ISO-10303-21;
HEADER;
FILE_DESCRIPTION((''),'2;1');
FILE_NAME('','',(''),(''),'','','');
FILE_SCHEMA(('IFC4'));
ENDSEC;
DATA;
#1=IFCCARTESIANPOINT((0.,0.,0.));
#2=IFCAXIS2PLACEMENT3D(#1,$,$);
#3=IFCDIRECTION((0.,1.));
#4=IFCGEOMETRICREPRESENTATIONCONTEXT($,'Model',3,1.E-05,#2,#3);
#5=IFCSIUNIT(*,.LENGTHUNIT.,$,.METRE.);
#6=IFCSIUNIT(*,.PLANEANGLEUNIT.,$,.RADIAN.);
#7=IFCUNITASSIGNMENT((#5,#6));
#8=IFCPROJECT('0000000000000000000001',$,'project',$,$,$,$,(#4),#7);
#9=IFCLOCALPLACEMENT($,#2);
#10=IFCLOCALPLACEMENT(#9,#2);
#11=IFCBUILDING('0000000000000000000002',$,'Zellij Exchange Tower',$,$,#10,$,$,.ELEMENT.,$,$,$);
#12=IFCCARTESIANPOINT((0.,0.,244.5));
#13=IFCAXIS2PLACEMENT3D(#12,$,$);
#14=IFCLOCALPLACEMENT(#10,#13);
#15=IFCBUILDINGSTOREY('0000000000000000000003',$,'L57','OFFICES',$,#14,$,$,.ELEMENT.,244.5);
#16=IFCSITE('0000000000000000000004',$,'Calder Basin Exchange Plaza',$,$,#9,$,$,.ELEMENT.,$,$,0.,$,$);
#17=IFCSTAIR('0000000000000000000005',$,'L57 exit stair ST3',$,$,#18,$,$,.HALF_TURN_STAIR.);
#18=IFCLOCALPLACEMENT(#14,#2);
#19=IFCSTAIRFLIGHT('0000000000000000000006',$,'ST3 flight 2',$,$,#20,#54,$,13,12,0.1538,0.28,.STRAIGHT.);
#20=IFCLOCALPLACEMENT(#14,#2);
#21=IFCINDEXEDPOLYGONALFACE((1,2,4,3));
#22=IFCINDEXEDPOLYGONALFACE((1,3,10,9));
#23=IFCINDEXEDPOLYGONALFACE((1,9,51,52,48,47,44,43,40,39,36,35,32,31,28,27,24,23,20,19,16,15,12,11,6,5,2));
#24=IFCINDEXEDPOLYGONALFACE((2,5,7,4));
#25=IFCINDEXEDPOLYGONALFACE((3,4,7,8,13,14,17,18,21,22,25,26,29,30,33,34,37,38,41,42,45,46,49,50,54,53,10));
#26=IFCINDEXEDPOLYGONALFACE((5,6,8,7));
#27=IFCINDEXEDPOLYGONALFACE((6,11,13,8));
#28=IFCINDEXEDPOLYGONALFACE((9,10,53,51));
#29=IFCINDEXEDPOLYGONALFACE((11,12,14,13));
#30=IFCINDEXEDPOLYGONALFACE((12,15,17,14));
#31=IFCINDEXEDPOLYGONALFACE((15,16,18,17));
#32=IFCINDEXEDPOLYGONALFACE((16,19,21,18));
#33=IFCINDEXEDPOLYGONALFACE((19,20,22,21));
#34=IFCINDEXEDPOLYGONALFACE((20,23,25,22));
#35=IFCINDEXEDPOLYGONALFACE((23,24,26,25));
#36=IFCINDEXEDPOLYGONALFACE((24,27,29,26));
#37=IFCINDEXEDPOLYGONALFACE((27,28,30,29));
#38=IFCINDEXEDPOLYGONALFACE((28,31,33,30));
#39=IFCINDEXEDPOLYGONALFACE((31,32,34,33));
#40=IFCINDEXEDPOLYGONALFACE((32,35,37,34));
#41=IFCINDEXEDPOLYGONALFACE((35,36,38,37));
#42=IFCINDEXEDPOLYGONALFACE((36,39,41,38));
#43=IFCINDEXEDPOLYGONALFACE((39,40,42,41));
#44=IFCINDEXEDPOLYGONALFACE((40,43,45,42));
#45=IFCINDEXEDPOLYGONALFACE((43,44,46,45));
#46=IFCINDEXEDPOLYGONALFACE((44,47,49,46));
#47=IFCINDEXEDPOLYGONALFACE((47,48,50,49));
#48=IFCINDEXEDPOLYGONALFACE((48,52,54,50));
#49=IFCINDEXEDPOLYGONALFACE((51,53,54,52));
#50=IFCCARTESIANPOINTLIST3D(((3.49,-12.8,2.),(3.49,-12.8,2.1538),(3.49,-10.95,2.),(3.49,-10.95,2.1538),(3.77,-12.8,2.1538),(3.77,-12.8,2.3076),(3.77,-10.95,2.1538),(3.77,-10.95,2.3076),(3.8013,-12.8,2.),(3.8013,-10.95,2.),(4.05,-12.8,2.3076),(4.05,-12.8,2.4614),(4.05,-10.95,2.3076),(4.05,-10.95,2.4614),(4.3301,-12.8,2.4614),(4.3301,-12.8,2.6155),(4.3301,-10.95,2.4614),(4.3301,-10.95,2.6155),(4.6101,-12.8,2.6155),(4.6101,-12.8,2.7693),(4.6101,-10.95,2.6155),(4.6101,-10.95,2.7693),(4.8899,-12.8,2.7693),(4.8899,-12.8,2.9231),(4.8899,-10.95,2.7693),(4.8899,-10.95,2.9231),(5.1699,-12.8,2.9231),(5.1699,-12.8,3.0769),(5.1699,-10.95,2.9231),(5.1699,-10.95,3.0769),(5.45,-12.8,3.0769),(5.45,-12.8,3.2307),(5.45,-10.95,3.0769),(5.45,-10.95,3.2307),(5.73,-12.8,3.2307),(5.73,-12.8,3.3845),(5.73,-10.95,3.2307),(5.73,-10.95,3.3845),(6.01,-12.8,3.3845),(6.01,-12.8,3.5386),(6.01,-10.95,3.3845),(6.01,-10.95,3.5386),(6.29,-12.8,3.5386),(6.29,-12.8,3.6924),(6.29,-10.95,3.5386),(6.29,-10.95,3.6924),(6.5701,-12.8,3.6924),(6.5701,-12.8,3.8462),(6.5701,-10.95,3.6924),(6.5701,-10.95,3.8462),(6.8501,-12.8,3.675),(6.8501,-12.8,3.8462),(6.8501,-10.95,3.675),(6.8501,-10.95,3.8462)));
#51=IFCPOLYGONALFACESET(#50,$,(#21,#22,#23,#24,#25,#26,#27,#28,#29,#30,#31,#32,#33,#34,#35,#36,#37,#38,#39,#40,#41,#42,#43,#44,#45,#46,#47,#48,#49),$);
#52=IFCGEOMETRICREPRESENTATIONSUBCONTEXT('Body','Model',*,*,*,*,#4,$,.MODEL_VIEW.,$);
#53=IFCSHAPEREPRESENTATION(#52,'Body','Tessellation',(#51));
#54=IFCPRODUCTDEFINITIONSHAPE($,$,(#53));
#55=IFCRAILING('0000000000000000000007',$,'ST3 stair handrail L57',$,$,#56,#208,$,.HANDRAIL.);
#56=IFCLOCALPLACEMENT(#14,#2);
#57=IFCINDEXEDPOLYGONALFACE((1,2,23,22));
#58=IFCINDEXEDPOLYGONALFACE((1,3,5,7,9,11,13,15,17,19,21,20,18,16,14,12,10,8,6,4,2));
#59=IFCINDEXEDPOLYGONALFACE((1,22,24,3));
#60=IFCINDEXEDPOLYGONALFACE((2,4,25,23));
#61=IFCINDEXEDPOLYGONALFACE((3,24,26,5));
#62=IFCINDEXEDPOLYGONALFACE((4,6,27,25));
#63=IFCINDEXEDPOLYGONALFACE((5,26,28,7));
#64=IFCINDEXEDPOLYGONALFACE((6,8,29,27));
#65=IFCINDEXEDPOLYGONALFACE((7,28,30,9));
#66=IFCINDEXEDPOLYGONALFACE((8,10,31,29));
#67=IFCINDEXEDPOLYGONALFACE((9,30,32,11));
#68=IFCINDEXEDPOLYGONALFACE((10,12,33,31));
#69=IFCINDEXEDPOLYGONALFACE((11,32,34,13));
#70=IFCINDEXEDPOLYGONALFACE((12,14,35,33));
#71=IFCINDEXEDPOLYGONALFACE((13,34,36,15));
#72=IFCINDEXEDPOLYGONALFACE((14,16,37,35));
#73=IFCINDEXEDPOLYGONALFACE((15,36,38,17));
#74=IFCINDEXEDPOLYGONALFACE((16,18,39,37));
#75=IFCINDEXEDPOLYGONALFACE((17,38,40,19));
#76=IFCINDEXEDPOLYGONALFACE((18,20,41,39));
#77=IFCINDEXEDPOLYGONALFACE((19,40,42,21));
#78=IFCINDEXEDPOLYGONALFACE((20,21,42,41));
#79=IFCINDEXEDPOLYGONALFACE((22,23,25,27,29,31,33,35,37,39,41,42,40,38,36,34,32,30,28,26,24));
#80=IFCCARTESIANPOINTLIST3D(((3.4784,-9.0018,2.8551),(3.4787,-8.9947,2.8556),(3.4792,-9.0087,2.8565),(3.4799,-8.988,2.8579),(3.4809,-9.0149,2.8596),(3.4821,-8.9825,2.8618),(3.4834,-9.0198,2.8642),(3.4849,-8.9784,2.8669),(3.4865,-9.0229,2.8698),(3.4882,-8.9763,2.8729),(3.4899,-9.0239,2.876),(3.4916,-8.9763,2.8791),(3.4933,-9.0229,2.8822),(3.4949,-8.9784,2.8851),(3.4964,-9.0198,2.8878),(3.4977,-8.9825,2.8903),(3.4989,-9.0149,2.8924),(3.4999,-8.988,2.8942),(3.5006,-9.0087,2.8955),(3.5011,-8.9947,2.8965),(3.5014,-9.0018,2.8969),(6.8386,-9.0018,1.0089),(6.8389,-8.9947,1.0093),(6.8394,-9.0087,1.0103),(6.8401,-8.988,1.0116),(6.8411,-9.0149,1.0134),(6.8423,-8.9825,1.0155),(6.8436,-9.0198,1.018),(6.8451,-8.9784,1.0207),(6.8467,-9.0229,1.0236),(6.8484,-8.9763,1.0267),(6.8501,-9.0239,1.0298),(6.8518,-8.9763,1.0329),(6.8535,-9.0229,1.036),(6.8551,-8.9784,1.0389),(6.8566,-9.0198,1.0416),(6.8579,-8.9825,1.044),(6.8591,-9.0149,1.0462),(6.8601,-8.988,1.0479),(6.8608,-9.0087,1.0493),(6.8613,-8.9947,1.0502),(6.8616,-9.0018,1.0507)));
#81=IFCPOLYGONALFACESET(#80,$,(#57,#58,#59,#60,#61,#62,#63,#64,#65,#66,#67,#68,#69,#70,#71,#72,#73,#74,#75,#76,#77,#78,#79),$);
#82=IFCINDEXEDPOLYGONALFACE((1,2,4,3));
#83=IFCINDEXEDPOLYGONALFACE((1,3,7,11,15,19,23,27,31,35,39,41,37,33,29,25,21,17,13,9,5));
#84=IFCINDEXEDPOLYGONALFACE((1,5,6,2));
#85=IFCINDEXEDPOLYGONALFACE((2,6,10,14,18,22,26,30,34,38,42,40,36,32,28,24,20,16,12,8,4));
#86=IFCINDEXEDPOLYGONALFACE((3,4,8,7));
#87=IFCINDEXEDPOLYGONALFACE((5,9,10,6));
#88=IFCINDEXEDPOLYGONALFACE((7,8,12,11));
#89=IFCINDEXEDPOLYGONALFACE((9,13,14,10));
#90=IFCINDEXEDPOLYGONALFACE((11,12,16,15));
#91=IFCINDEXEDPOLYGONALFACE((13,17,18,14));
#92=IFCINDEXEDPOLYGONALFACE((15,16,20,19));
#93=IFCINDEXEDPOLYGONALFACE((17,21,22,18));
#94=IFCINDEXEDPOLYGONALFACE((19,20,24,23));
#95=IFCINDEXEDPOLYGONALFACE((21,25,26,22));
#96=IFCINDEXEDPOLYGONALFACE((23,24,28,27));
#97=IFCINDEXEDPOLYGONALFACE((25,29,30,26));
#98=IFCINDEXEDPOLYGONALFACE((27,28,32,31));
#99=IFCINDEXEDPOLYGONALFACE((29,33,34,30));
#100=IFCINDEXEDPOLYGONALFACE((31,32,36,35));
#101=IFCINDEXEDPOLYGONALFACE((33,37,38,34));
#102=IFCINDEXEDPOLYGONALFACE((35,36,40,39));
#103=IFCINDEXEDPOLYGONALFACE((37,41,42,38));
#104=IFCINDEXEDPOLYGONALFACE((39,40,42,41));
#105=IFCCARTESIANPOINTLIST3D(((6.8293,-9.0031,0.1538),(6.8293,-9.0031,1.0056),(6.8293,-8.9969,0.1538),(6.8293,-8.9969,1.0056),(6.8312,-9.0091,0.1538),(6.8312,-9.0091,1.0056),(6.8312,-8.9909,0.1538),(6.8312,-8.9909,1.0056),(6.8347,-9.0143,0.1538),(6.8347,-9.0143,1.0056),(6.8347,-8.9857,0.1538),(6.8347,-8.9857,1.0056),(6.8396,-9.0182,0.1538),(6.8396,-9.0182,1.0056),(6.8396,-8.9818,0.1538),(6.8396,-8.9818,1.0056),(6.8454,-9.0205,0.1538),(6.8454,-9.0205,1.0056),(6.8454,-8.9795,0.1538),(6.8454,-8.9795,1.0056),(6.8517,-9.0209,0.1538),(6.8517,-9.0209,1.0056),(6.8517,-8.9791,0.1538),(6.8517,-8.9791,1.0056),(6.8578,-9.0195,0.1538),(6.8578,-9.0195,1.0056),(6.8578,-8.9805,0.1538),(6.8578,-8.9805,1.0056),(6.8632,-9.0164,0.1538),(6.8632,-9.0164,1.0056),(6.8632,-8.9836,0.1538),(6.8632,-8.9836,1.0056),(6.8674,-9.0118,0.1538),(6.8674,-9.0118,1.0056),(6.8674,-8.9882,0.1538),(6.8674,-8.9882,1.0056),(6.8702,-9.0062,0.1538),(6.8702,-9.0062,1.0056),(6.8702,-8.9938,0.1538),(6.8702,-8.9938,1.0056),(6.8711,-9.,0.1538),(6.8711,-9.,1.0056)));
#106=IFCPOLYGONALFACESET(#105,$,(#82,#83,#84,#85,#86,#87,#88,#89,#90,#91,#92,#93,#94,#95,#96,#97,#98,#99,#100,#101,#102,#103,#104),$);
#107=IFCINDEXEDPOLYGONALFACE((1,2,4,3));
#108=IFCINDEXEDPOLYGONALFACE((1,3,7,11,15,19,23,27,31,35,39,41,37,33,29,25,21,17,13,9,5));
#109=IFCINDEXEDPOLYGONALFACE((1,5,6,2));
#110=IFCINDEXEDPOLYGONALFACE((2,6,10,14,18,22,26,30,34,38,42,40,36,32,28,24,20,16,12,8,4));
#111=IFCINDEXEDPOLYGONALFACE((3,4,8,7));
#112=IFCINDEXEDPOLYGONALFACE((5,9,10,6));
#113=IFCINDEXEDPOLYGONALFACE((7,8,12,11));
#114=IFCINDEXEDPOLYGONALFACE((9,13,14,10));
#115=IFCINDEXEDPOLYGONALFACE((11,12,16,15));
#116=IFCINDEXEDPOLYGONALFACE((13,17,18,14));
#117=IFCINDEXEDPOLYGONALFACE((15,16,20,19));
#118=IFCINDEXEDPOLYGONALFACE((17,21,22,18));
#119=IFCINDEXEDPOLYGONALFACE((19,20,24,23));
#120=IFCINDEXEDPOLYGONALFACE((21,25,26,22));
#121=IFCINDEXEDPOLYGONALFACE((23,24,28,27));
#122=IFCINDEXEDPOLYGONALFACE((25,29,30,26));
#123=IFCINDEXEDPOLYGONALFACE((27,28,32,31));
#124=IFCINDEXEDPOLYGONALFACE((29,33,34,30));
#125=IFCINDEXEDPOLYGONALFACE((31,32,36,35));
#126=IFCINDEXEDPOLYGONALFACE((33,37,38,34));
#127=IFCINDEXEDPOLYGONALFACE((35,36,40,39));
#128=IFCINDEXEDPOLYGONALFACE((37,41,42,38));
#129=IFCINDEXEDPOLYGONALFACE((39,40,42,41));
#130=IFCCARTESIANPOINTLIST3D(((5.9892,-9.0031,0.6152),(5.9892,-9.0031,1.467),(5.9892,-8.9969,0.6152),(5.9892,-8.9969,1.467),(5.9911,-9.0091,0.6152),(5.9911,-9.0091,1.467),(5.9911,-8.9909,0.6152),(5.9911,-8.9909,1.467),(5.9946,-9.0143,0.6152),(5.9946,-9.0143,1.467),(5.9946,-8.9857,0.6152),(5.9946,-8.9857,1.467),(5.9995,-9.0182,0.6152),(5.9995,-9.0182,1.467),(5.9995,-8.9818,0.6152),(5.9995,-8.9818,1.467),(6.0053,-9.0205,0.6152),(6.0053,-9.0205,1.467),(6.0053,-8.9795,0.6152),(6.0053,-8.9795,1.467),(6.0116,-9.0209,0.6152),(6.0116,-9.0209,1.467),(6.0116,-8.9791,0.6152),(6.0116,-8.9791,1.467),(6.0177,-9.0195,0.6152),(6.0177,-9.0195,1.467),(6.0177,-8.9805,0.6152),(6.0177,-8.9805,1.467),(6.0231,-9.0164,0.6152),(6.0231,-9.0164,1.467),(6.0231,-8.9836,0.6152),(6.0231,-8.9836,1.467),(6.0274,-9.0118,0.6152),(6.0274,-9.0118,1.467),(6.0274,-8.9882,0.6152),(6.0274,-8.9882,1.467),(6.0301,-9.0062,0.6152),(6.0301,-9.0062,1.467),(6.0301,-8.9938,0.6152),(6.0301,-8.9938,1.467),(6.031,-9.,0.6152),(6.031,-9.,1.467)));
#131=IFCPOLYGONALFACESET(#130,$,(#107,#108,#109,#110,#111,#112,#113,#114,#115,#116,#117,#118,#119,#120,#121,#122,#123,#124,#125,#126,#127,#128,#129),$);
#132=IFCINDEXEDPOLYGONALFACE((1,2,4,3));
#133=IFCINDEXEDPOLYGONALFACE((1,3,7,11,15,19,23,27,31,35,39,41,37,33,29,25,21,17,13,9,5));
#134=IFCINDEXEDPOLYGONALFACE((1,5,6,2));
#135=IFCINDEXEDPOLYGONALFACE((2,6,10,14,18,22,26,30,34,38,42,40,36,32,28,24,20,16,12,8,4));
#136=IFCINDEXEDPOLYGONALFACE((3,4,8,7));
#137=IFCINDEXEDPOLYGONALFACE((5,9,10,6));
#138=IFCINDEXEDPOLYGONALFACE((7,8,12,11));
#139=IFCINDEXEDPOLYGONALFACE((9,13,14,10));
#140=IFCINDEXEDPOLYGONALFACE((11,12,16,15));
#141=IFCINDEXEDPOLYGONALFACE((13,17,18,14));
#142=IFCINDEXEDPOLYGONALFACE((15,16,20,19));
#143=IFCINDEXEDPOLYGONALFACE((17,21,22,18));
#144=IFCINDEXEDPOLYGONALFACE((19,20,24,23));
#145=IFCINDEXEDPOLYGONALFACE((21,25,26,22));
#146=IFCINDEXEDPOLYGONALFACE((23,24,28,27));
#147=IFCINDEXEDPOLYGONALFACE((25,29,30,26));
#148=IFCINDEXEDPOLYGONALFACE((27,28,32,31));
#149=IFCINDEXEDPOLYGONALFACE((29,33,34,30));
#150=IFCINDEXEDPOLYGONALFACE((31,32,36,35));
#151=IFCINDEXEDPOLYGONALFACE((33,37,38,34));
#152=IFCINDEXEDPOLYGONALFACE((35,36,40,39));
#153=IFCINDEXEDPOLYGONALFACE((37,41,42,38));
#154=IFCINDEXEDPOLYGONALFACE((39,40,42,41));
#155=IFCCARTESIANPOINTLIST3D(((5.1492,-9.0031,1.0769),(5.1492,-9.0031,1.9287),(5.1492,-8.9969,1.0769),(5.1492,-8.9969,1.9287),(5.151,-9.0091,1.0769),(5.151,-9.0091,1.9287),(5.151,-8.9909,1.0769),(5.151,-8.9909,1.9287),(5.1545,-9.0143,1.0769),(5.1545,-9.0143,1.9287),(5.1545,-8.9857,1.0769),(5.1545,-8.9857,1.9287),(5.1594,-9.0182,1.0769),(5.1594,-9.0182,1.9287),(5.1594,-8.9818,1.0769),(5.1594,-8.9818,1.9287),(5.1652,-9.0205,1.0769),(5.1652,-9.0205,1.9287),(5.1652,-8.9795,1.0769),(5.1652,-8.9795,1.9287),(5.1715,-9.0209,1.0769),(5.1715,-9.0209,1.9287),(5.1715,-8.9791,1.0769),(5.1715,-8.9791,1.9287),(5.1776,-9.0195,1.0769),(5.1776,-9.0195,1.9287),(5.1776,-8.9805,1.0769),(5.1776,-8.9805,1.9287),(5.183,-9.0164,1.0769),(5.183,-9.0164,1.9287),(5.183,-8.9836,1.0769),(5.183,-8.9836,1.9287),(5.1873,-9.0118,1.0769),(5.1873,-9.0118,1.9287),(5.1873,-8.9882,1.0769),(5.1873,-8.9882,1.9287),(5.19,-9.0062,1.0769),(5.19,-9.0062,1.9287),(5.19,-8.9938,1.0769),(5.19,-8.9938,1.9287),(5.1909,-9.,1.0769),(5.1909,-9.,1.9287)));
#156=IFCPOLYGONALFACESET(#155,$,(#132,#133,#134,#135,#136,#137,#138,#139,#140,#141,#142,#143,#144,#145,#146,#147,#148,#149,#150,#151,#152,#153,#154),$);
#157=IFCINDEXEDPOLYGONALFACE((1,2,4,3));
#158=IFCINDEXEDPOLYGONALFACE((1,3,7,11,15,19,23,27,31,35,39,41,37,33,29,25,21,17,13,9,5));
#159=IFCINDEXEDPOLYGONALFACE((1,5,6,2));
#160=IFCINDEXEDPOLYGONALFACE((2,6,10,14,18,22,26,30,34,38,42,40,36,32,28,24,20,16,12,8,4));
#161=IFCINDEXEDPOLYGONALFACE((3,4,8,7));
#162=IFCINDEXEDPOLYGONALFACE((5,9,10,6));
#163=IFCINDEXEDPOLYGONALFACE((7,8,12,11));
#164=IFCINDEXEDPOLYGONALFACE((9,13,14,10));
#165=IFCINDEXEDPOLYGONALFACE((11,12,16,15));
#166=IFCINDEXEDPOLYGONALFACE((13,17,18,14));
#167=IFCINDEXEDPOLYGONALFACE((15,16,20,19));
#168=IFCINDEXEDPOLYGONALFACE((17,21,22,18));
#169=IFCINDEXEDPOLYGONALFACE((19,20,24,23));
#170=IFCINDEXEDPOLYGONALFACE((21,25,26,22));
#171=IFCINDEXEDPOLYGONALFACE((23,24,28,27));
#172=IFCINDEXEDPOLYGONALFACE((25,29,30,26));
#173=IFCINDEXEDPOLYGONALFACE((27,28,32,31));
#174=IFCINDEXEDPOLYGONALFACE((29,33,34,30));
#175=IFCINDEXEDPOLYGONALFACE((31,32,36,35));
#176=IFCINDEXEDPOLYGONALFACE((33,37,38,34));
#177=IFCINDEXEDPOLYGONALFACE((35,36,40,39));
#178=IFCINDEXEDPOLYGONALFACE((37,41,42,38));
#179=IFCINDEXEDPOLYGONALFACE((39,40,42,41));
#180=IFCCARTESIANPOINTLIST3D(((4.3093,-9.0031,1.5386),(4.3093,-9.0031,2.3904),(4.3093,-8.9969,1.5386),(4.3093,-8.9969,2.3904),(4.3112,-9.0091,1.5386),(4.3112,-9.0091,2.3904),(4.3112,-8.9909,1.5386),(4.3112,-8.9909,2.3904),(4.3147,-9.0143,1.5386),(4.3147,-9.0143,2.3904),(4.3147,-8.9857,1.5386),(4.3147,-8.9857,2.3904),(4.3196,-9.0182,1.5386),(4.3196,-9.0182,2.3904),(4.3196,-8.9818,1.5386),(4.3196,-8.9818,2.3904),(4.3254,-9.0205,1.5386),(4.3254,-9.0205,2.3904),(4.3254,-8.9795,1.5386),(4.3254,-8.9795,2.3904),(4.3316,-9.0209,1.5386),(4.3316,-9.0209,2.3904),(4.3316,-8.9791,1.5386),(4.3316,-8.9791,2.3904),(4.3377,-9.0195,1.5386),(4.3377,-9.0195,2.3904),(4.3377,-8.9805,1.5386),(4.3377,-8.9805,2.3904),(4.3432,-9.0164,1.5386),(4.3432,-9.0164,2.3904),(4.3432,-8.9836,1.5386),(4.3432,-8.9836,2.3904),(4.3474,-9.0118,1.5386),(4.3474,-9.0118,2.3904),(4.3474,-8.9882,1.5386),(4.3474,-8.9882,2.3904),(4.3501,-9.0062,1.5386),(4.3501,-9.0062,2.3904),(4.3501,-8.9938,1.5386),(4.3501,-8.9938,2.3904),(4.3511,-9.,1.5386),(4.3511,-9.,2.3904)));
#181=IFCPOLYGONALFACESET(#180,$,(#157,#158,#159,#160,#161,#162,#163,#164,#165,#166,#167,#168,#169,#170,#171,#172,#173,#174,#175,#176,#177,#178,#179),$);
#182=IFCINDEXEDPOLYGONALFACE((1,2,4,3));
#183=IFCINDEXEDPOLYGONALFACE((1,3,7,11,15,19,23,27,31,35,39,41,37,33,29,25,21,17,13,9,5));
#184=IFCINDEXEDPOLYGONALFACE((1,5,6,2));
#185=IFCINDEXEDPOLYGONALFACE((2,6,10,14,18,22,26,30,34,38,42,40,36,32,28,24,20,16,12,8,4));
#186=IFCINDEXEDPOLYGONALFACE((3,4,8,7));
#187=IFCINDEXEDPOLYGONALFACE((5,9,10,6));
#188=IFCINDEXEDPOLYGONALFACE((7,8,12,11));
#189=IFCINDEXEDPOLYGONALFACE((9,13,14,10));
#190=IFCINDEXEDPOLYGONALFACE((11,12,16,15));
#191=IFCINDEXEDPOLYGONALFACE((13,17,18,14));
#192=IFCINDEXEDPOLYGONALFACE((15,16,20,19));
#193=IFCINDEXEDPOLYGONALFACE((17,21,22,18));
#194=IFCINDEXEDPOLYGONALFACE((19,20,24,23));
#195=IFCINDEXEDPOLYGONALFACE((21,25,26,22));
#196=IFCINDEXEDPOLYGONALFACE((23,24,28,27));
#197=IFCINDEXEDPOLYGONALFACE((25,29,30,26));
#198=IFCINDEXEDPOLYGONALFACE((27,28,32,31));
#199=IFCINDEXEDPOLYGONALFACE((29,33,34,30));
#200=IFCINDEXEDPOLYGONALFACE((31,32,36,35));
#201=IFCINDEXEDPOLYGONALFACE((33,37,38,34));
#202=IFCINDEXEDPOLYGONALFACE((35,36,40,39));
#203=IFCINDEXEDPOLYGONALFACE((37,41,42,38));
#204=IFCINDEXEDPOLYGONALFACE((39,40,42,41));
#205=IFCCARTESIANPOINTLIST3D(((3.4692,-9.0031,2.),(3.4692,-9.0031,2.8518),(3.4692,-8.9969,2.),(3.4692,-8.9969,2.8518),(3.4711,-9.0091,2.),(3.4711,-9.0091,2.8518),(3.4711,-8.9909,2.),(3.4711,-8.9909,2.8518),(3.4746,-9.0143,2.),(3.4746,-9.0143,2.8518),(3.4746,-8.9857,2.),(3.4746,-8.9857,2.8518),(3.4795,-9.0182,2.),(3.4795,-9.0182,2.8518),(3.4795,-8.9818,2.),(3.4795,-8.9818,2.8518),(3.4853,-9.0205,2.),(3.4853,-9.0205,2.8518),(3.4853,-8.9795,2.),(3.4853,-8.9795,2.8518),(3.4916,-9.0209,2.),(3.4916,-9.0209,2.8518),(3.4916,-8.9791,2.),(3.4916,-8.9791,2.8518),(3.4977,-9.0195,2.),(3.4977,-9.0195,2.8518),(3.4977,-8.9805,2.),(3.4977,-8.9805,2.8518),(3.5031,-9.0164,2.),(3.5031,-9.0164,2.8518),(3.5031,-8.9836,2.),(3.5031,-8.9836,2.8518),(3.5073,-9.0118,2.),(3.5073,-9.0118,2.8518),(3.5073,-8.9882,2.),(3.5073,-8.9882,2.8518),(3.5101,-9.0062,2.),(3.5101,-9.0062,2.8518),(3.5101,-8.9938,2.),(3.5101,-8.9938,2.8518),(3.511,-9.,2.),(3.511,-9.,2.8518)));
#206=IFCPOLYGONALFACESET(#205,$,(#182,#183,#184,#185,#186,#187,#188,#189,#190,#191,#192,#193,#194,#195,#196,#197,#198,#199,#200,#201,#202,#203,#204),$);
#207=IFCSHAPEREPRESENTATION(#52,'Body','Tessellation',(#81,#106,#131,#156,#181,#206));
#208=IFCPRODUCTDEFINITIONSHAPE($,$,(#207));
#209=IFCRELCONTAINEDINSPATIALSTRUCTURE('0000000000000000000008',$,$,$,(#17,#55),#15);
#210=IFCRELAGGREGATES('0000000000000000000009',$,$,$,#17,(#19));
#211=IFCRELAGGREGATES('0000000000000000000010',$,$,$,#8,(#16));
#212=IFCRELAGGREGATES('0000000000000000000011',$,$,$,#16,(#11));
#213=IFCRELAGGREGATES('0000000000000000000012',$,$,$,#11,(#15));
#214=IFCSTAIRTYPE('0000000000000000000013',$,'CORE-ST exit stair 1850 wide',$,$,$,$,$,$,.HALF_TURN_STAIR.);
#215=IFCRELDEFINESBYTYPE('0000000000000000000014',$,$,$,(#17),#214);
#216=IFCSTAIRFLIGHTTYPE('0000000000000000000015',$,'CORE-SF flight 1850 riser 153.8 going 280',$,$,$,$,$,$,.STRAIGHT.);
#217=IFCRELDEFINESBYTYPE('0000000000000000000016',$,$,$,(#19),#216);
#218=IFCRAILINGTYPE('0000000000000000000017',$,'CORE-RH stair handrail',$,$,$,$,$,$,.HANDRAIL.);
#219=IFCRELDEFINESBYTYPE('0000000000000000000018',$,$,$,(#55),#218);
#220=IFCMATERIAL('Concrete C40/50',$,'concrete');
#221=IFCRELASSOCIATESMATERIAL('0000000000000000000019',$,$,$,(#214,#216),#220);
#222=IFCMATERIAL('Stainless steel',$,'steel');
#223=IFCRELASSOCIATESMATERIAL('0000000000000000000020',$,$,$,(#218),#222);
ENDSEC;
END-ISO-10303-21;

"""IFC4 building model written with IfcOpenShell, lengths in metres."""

from ifc_helpers import new_model, si_unit, direction, frame, origin, origin_2d, place, context, subcontext, project, spatial, polyline, circle, outline, extrude, material, type_object, element, aggregate, save


model = new_model("IFC4")

# Units and contexts
model_context = context("Model", 3, precision=1e-05, world=origin(), true_north=direction((0.0, 1.0)))
body_context = subcontext(model_context, "Body", "Model", "MODEL_VIEW")
ifc_project = project(units=[si_unit("LENGTHUNIT", "METRE"), si_unit("PLANEANGLEUNIT", "RADIAN")], contexts=[model_context])

# Site, building, storey
site_placement = place(None, origin())
site = spatial("IfcSite", under=ifc_project, at=site_placement, Name="Calder Basin Exchange Plaza", CompositionType="ELEMENT", RefElevation=0.0)
building_placement = place(site_placement, origin())
building = spatial("IfcBuilding", under=site, at=building_placement, Name="Zellij Exchange Tower", CompositionType="ELEMENT")
storey_placement = place(building_placement, frame((0.0, 0.0, 244.5)))
storey = spatial("IfcBuildingStorey", under=building, at=storey_placement, Name="L57", Description="OFFICES", CompositionType="ELEMENT", Elevation=244.5)

# Stair, stair flight
ifc_material_1 = material(Name="Concrete C40/50", Category="concrete")
stair_type = type_object("IfcStairType", Name="CORE-ST exit stair 1850 wide", PredefinedType="HALF_TURN_STAIR", material=ifc_material_1)
stair_placement = place(storey_placement, origin())
stair = element("IfcStair", 1, at=stair_placement, inside=storey, type_object=stair_type, Name="L57 exit stair ST3", PredefinedType="HALF_TURN_STAIR")
stair_flight_type = type_object("IfcStairFlightType", Name="CORE-SF flight 1850 riser 153.8 going 280", PredefinedType="STRAIGHT", material=ifc_material_1)
stair_flight_1_placement = place(storey_placement, frame((3.49, -11.875, 2.0), z_axis=(0.0, 0.0, 1.0), x_axis=(1.0, 0.0, 0.0)))
stair_flight_1 = element("IfcStairFlight", 2, at=stair_flight_1_placement, type_object=stair_flight_type, Name="ST3 flight 2", NumberOfRisers=13, NumberOfTreads=12, PredefinedType="STRAIGHT", RiserHeight=0.1538, TreadLength=0.28, context=body_context, shape_type="SweptSolid", body=[
    extrude(outline(polyline([(0.0, 0.0), (0.0, 0.1538), (0.28, 0.1538), (0.28, 0.3076), (0.5601, 0.3076), (0.5601, 0.4614), (0.8401, 0.4614), (0.8401, 0.6155), (1.1201, 0.6155), (1.1201, 0.7693), (1.3999, 0.7693), (1.3999, 0.9231), (1.6799, 0.9231), (1.6799, 1.0769), (1.96, 1.0769), (1.96, 1.2307), (2.24, 1.2307), (2.24, 1.3845), (2.52, 1.3845), (2.52, 1.5386), (2.8, 1.5386), (2.8, 1.6924), (3.0801, 1.6924), (3.0801, 1.8462), (3.3601, 1.8462), (3.3601, 2.0), (3.3601, 1.675), (0.3113, 0.0), (0.0, 0.0)])), frame((0.0, 0.925, 0.0), z_axis=(0.0, -1.0, 0.0), x_axis=(1.0, 0.0, 0.0)), (0.0, 0.0, 1.0), 1.8501),
])
aggregate(stair, [stair_flight_1])

# Railing
ifc_material_2 = material(Name="Stainless steel", Category="steel")
railing_type_1 = type_object("IfcRailingType", Name="CORE-RH stair handrail", PredefinedType="HANDRAIL", material=ifc_material_2)
railing_1_placement = place(storey_placement, frame((6.8501, -9.0, 0.1538)))
element("IfcRailing", 3, at=railing_1_placement, inside=storey, type_object=railing_type_1, Name="ST3 stair handrail L57", PredefinedType="HANDRAIL", context=body_context, shape_type="SweptSolid", body=[
    extrude(circle(Radius=0.0239, at=origin_2d()), frame((0.0, 0.0, 0.876), z_axis=(-0.876422, 0.0, 0.481545), x_axis=(0.0, -1.0, 0.0)), (0.0, 0.0, 1.0), 3.834),
    extrude(circle(Radius=0.021, at=origin_2d()), origin(), (0.0, 0.0, 1.0), 0.8518),
    extrude(circle(Radius=0.021, at=origin_2d()), frame((-0.8401, 0.0, 0.4614)), (0.0, 0.0, 1.0), 0.8518),
    extrude(circle(Radius=0.021, at=origin_2d()), frame((-1.6802, 0.0, 0.9231)), (0.0, 0.0, 1.0), 0.8518),
    extrude(circle(Radius=0.021, at=origin_2d()), frame((-2.52, 0.0, 1.3848)), (0.0, 0.0, 1.0), 0.8518),
    extrude(circle(Radius=0.021, at=origin_2d()), frame((-3.3601, 0.0, 1.8462)), (0.0, 0.0, 1.0), 0.8518),
])

save(model, "model.ifc")
